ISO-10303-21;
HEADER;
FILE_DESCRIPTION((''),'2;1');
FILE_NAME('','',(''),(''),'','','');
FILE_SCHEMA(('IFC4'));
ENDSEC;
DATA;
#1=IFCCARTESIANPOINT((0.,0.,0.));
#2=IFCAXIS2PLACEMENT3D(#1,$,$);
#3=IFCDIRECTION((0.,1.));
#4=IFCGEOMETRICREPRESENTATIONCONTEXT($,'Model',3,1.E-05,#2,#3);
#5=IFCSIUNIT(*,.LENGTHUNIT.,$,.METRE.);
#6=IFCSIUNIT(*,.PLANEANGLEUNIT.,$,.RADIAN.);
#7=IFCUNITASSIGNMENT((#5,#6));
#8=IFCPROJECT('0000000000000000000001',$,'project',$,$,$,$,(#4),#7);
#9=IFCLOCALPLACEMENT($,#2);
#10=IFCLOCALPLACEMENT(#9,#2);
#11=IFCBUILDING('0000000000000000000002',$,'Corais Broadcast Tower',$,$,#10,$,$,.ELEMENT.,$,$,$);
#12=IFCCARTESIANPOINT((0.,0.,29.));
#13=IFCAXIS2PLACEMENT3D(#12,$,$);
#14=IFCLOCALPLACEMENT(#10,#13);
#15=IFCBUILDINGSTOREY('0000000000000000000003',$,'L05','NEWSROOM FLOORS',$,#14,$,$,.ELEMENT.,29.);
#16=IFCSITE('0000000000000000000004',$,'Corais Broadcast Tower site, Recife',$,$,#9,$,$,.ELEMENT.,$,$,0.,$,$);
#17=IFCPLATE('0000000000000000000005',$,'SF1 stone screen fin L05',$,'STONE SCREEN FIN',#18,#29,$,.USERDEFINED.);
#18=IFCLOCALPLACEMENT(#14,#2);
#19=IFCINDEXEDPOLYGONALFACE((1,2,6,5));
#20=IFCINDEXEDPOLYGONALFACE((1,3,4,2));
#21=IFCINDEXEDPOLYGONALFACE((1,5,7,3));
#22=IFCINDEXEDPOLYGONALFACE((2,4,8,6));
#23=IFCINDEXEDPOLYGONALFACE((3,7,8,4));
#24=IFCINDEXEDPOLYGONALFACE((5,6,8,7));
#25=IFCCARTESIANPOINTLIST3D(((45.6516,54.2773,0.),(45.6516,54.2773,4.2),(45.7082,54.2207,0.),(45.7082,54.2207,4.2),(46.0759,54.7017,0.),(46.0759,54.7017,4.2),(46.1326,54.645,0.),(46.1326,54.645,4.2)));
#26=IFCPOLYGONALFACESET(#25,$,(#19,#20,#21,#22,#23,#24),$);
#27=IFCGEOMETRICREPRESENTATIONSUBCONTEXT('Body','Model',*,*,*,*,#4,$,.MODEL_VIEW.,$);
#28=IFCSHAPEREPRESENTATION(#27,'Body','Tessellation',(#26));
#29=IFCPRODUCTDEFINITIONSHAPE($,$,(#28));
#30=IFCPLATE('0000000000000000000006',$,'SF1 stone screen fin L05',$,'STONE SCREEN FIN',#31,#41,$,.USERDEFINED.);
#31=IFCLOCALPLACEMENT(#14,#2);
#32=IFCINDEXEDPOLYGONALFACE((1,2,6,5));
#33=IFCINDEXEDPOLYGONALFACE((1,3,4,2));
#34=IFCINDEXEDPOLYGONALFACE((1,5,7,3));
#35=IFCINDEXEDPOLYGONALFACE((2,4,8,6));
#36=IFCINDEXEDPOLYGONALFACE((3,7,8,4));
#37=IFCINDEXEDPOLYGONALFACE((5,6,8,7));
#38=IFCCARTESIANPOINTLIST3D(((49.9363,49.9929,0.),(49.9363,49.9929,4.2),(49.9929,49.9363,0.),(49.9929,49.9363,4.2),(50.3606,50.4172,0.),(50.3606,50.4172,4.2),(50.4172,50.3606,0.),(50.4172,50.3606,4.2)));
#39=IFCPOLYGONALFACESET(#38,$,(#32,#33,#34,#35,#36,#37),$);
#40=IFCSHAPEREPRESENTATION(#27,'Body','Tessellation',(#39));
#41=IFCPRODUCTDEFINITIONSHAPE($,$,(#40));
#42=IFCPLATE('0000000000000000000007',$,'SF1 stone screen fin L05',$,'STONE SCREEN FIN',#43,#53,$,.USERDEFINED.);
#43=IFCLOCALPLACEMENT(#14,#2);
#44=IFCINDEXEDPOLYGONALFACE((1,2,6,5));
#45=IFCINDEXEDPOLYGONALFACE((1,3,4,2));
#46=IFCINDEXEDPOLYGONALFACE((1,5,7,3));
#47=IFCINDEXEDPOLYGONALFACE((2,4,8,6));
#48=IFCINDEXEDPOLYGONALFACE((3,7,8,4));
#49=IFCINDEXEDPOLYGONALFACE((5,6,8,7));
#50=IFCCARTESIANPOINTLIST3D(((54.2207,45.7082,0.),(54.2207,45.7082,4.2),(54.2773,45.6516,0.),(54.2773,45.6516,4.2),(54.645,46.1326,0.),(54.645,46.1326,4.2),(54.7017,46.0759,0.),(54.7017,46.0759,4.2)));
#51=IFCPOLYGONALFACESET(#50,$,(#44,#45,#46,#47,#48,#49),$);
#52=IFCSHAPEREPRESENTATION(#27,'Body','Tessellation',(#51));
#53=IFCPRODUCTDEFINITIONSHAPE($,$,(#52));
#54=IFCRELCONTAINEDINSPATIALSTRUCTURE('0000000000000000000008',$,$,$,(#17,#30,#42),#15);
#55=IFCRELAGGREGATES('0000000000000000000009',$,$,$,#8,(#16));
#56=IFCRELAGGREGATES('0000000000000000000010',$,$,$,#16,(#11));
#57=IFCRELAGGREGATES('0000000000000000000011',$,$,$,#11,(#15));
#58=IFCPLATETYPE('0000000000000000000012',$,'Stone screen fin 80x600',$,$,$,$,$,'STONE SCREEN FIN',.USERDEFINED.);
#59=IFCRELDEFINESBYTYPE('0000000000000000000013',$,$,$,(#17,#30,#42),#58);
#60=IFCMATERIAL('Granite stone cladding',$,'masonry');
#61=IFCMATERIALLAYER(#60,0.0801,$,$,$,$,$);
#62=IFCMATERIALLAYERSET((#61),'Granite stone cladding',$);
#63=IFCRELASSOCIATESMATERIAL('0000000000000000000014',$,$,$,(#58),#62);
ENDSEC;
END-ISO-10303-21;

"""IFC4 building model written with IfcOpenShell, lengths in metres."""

from ifc_helpers import new_model, si_unit, direction, frame, origin, origin_2d, place, context, subcontext, project, spatial, rectangle, extrude, material, layer, layer_set, type_object, element, save


model = new_model("IFC4")

# Units and contexts
model_context = context("Model", 3, precision=1e-05, world=origin(), true_north=direction((0.0, 1.0)))
body_context = subcontext(model_context, "Body", "Model", "MODEL_VIEW")
ifc_project = project(units=[si_unit("LENGTHUNIT", "METRE"), si_unit("PLANEANGLEUNIT", "RADIAN")], contexts=[model_context])

# Site, building, storey
site_placement = place(None, origin())
site = spatial("IfcSite", under=ifc_project, at=site_placement, Name="Corais Broadcast Tower site, Recife", CompositionType="ELEMENT", RefElevation=0.0)
building_placement = place(site_placement, origin())
building = spatial("IfcBuilding", under=site, at=building_placement, Name="Corais Broadcast Tower", CompositionType="ELEMENT")
storey_placement = place(building_placement, frame((0.0, 0.0, 29.0)))
storey = spatial("IfcBuildingStorey", under=building, at=storey_placement, Name="L05", Description="NEWSROOM FLOORS", CompositionType="ELEMENT", Elevation=29.0)

# Plates
ifc_material_1 = material(Name="Granite stone cladding", Category="masonry")
ifc_layer_1 = layer(ifc_material_1, 0.0801)
ifc_layer_set_1 = layer_set([ifc_layer_1], Name="Granite stone cladding")
plate_type_1 = type_object("IfcPlateType", Name="Stone screen fin 80x600", ElementType="STONE SCREEN FIN", PredefinedType="USERDEFINED", material=ifc_layer_set_1)
for number, where, z_axis, x_axis, name in (
    (1, (45.8921, 54.4612, 0.0), (0.0, 0.0, 1.0), (0.707107, -0.707107, 0.0), "SF1 stone screen fin L05"),
    (2, (50.1768, 50.1768, 0.0), (0.0, 0.0, 1.0), (0.707107, -0.707107, 0.0), "SF1 stone screen fin L05"),
    (3, (54.4612, 45.8921, 0.0), (0.0, 0.0, 1.0), (0.707107, -0.707107, 0.0), "SF1 stone screen fin L05"),
):
    element("IfcPlate", number, at=place(storey_placement, frame(where, z_axis=z_axis, x_axis=x_axis)), inside=storey, type_object=plate_type_1, Name=name, ObjectType="STONE SCREEN FIN", PredefinedType="USERDEFINED", context=body_context, shape_type="SweptSolid", body=[
        extrude(rectangle(XDim=0.0801, YDim=0.6001, at=origin_2d()), origin(), (0.0, 0.0, 1.0), 4.2),
    ])

save(model, "model.ifc")
